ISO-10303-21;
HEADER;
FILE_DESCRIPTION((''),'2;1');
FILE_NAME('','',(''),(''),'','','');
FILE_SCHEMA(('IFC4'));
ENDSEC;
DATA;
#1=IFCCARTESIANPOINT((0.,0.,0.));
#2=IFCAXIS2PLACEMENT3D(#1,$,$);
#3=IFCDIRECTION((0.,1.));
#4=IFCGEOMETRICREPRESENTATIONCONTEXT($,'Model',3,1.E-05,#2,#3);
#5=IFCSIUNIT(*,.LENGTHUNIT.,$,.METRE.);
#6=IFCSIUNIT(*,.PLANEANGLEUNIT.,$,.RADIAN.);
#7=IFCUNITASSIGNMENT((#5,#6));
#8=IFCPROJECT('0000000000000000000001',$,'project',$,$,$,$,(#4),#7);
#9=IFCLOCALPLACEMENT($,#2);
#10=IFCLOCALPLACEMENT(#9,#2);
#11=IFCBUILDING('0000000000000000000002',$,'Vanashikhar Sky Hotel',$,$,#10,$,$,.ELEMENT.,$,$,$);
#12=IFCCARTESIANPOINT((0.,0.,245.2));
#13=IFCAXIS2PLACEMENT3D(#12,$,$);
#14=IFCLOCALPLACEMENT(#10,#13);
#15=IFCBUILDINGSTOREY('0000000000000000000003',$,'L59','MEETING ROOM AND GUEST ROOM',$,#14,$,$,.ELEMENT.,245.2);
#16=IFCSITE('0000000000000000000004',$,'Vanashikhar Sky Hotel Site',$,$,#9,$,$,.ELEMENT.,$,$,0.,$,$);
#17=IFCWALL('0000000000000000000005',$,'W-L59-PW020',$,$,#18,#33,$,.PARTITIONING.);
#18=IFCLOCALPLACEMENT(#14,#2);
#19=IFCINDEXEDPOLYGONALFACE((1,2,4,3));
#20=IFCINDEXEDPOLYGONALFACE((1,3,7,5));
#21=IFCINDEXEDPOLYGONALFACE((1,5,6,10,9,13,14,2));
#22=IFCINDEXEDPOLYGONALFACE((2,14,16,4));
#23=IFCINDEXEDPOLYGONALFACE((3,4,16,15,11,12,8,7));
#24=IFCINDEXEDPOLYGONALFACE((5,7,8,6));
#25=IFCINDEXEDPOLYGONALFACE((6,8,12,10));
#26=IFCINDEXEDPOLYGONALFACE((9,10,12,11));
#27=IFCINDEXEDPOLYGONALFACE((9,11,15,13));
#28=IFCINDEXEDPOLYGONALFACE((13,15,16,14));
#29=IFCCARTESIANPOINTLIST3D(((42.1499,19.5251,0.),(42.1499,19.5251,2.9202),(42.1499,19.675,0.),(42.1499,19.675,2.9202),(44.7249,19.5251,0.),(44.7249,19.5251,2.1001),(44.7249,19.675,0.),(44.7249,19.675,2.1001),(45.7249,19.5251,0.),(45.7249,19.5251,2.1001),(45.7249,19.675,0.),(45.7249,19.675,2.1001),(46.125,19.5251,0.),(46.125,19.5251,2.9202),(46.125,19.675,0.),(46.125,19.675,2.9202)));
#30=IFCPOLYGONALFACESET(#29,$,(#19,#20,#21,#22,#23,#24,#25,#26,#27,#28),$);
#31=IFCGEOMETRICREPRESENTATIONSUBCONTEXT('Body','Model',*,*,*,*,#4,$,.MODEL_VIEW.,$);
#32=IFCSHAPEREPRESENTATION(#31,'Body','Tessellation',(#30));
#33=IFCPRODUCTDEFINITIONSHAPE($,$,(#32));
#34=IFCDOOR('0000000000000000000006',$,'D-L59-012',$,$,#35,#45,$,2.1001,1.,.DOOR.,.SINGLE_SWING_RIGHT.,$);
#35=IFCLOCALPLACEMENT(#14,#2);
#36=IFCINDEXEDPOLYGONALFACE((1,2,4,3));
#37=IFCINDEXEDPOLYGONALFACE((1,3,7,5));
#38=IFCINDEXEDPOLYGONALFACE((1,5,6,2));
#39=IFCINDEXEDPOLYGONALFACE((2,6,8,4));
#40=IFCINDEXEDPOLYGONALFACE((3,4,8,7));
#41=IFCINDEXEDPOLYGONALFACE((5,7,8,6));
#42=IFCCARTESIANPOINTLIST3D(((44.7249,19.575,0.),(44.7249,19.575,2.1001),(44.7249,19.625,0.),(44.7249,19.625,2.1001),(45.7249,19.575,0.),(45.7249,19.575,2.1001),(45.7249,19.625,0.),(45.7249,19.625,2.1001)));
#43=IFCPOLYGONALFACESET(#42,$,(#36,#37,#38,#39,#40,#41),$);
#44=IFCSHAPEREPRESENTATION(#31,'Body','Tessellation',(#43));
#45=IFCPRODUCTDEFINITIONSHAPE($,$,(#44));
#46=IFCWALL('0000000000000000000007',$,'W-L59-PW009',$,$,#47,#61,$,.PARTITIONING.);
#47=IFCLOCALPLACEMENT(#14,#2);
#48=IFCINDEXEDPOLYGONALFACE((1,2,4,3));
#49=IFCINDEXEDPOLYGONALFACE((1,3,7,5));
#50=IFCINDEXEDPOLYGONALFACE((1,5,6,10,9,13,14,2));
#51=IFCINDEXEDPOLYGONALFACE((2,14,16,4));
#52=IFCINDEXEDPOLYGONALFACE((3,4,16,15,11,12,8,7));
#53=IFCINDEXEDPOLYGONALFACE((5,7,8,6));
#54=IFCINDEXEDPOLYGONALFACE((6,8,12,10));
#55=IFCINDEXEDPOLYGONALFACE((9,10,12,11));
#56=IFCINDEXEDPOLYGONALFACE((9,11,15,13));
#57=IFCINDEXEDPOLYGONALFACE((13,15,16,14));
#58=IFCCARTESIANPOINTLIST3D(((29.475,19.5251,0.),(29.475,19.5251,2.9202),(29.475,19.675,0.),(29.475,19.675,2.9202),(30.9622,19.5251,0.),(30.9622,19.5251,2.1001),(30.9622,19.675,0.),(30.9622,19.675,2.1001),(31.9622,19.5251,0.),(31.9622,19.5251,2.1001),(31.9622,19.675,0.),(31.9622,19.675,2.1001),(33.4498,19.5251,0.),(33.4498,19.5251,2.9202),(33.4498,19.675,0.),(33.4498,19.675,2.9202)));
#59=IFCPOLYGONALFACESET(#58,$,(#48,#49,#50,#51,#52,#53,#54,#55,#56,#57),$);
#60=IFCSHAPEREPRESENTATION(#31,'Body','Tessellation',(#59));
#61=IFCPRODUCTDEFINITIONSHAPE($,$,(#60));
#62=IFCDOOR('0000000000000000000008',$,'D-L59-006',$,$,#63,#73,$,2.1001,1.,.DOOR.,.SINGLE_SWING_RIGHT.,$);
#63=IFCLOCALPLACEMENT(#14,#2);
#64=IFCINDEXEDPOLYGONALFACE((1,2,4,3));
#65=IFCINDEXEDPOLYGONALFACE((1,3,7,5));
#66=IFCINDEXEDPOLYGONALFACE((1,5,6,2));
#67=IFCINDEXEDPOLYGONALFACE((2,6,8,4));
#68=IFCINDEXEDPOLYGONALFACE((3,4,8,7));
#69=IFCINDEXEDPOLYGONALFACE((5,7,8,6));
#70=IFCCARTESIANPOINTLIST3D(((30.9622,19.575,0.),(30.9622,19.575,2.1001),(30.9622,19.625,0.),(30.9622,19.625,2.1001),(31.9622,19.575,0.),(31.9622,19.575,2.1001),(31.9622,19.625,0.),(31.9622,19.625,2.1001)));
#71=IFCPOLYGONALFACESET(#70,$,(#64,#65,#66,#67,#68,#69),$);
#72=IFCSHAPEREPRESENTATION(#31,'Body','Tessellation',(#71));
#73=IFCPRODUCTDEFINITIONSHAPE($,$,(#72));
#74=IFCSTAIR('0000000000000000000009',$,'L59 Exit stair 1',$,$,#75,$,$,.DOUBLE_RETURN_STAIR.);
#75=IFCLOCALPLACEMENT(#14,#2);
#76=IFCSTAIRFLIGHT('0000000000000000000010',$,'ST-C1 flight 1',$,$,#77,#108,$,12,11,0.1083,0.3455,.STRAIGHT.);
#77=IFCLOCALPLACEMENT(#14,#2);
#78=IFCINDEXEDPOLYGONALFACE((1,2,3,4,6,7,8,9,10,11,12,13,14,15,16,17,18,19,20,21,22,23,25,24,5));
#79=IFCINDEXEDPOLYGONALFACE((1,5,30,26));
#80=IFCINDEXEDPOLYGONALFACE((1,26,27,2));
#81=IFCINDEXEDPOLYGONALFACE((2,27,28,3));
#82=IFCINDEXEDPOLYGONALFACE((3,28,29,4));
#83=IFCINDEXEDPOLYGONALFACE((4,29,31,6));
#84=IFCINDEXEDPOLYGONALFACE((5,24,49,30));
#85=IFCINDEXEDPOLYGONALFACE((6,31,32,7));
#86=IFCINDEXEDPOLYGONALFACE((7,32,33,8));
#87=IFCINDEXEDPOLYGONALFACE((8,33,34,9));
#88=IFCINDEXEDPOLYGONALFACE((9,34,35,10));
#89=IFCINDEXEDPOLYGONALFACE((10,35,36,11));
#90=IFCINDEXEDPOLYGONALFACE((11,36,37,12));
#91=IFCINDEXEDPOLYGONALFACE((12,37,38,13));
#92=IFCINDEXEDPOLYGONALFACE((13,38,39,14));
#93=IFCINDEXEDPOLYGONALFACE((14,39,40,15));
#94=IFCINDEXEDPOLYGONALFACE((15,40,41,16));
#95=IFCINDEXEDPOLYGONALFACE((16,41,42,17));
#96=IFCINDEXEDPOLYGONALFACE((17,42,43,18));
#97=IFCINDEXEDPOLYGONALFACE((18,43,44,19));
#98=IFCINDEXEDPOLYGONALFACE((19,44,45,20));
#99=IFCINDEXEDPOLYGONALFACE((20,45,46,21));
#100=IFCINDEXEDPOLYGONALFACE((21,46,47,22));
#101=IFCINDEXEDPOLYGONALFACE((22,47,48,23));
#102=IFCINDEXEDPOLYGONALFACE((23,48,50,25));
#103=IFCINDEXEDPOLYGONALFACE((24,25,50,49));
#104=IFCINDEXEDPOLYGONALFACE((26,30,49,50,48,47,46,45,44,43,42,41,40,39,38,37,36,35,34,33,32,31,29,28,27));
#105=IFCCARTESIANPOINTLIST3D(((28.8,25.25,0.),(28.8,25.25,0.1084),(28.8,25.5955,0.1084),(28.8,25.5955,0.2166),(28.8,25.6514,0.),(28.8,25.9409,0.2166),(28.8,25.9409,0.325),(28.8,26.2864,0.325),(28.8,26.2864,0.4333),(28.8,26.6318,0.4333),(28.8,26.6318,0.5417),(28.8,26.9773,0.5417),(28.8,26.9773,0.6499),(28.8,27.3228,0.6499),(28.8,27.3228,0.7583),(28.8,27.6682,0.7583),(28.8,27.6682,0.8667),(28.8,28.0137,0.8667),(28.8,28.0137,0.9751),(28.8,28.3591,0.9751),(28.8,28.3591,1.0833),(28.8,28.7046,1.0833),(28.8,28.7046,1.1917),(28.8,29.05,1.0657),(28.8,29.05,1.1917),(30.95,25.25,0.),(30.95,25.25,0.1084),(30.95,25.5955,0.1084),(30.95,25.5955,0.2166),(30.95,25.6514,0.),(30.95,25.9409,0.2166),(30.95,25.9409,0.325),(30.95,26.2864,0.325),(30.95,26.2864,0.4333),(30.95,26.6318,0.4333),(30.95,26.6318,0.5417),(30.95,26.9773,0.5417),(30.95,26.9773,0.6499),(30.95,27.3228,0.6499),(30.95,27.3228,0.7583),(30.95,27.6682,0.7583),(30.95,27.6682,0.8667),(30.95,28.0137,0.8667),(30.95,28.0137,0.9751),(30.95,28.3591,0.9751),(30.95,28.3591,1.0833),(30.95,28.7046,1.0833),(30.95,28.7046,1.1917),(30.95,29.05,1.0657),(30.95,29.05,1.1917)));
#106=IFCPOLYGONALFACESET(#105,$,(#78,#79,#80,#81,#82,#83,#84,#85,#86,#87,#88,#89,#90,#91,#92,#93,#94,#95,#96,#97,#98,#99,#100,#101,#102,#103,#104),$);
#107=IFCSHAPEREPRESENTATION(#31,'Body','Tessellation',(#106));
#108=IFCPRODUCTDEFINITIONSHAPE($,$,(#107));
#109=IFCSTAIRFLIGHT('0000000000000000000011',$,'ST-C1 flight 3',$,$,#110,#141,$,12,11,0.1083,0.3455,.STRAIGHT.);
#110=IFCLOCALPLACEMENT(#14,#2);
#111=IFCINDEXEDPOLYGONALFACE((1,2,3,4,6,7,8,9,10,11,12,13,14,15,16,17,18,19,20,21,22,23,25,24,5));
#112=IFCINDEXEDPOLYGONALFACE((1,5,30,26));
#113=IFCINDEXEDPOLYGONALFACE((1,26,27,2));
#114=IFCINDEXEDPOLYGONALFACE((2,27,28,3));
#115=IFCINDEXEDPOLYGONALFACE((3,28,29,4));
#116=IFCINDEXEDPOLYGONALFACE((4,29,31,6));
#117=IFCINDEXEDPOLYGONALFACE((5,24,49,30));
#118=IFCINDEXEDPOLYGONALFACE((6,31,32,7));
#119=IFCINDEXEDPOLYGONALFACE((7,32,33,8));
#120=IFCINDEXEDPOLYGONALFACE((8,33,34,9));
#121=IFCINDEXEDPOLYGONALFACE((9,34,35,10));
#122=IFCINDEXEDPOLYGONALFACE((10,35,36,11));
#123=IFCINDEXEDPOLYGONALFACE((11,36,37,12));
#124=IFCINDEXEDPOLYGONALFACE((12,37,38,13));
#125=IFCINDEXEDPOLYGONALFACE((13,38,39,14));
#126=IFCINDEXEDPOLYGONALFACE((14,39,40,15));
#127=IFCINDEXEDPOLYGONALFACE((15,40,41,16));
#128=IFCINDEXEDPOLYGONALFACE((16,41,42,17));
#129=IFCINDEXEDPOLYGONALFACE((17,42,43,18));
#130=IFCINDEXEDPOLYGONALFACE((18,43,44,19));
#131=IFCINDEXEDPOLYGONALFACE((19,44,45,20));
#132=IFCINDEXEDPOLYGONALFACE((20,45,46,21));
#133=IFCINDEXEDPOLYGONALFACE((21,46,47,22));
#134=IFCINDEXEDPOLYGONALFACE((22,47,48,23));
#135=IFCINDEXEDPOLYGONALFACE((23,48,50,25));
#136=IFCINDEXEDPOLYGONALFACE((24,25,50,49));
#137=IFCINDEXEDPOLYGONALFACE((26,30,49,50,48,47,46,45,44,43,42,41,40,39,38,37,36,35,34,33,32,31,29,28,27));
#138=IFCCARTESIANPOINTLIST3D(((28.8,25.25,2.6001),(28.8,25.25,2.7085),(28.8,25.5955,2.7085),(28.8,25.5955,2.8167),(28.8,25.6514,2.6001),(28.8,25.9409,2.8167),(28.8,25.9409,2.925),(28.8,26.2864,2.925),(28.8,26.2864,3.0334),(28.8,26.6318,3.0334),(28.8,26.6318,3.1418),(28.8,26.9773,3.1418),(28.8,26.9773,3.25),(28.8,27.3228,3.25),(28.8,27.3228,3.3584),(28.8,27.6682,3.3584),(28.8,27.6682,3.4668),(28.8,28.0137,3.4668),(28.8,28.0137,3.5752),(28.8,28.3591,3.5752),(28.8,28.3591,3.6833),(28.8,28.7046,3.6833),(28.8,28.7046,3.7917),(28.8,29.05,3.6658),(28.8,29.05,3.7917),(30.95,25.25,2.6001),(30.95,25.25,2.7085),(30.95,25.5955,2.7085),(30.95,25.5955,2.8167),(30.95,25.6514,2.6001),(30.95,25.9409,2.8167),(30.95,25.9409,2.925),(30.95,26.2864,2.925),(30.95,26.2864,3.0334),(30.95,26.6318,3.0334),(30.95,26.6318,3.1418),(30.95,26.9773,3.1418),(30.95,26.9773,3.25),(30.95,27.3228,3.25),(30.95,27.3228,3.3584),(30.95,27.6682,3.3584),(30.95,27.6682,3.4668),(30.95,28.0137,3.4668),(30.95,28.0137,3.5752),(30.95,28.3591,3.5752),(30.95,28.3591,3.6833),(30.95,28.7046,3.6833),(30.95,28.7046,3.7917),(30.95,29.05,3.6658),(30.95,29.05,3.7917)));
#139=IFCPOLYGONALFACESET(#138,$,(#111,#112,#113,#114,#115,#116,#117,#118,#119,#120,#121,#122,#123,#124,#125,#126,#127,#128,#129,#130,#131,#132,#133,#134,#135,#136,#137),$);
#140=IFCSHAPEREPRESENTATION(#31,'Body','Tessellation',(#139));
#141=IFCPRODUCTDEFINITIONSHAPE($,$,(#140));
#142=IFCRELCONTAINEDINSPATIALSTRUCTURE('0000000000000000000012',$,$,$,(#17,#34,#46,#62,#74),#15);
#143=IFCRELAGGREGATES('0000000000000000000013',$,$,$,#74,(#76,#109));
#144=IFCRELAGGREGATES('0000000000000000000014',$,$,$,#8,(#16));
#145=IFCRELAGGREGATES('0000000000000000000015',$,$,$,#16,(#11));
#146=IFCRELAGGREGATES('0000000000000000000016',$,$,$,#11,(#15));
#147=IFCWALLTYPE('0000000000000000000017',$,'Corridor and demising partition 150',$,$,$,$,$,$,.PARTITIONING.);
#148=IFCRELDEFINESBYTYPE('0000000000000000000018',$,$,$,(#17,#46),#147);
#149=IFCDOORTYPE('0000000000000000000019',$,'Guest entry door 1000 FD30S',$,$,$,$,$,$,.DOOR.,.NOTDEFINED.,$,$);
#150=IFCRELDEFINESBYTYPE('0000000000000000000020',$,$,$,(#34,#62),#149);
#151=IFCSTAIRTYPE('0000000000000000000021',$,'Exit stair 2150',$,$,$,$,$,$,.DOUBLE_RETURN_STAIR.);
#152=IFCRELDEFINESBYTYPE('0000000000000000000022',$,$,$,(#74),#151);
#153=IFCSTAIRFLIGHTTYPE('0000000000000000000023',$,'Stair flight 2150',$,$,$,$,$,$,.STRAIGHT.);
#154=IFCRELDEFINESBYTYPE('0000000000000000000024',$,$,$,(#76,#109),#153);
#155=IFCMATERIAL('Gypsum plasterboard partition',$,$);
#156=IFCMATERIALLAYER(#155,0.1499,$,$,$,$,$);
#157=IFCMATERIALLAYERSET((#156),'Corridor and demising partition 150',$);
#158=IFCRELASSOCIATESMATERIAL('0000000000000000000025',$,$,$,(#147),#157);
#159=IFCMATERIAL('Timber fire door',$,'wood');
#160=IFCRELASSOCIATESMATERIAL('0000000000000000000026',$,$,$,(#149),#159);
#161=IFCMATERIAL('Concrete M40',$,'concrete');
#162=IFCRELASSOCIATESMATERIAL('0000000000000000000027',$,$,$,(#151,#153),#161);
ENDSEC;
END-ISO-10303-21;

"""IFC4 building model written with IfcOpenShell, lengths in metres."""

from ifc_helpers import new_model, si_unit, direction, frame, frame_2d, origin, place, context, subcontext, project, spatial, polyline, rectangle, outline, extrude, source, transform, mapped, material, layer, layer_set, type_object, element, fill, aggregate, save


model = new_model("IFC4")

# Units and contexts
model_context = context("Model", 3, precision=1e-05, world=origin(), true_north=direction((0.0, 1.0)))
body_context = subcontext(model_context, "Body", "Model", "MODEL_VIEW")
ifc_project = project(units=[si_unit("LENGTHUNIT", "METRE"), si_unit("PLANEANGLEUNIT", "RADIAN")], contexts=[model_context])

# Site, building, storey
site_placement = place(None, origin())
site = spatial("IfcSite", under=ifc_project, at=site_placement, Name="Vanashikhar Sky Hotel Site", CompositionType="ELEMENT", RefElevation=0.0)
building_placement = place(site_placement, origin())
building = spatial("IfcBuilding", under=site, at=building_placement, Name="Vanashikhar Sky Hotel", CompositionType="ELEMENT")
storey_placement = place(building_placement, frame((0.0, 0.0, 245.2)))
storey = spatial("IfcBuildingStorey", under=building, at=storey_placement, Name="L59", Description="MEETING ROOM AND GUEST ROOM", CompositionType="ELEMENT", Elevation=245.2)

# Shared definitions
ifc_material_1 = material(Name="Concrete M40", Category="concrete")

# Walls, openings, doors
ifc_material_2 = material(Name="Gypsum plasterboard partition")
ifc_layer_1 = layer(ifc_material_2, 0.1499)
ifc_layer_set_1 = layer_set([ifc_layer_1], Name="Corridor and demising partition 150")
wall_type_1 = type_object("IfcWallType", Name="Corridor and demising partition 150", PredefinedType="PARTITIONING", material=ifc_layer_set_1)
shared_shape_1 = source(origin(), body_context, "Body", "SweptSolid", [
    extrude(rectangle(XDim=3.9751, YDim=0.1499, at=frame_2d((1.9875, 0.0))), origin(), (0.0, 0.0, 1.0), 2.9202),
])
shared_shape_2 = source(origin(), body_context, "Body", "SweptSolid", [
    extrude(rectangle(XDim=1.0, YDim=2.1001, at=frame_2d((0.5, 1.05))), frame((0.0, 0.085, 0.0), z_axis=(0.0, -1.0, 0.0), x_axis=(1.0, 0.0, 0.0)), (0.0, 0.0, 1.0), 0.1699),
])
ifc_material_3 = material(Name="Timber fire door", Category="wood")
door_type_1 = type_object("IfcDoorType", Name="Guest entry door 1000 FD30S", OperationType="NOTDEFINED", PredefinedType="DOOR", material=ifc_material_3)
shared_shape_3 = source(origin(), body_context, "Body", "SweptSolid", [
    extrude(rectangle(XDim=1.0, YDim=2.1001, at=frame_2d((0.5, 1.05))), frame((0.0, 0.0249, 0.0), z_axis=(0.0, -1.0, 0.0), x_axis=(1.0, 0.0, 0.0)), (0.0, 0.0, 1.0), 0.05),
])
wall_1_placement = place(storey_placement, frame((42.1499, 19.6001, 0.0), z_axis=(0.0, 0.0, 1.0), x_axis=(1.0, 0.0, 0.0)))
wall_1 = element("IfcWall", 1, at=wall_1_placement, inside=storey, type_object=wall_type_1, Name="W-L59-PW020", PredefinedType="PARTITIONING", context=body_context, shape_type="MappedRepresentation", body=[
    mapped(shared_shape_1, transform((0.0, 0.0, 0.0), scale=1.0)),
])
opening_1_placement = place(wall_1_placement, frame((2.575, 0.0, 0.0)))
opening_1 = element("IfcOpeningElement", 2, at=opening_1_placement, cuts=wall_1, PredefinedType="OPENING", context=body_context, shape_type="MappedRepresentation", body=[
    mapped(shared_shape_2, transform((0.0, 0.0, 0.0), scale=1.0)),
])
door_1_placement = place(opening_1_placement, origin())
door_1 = element("IfcDoor", 3, at=door_1_placement, inside=storey, type_object=door_type_1, Name="D-L59-012", OperationType="SINGLE_SWING_RIGHT", OverallHeight=2.1001, OverallWidth=1.0, PredefinedType="DOOR", context=body_context, shape_type="MappedRepresentation", body=[
    mapped(shared_shape_3, transform((0.0, 0.0, 0.0), scale=1.0)),
])
fill(opening_1, door_1)
shared_shape_4 = source(origin(), body_context, "Body", "SweptSolid", [
    extrude(rectangle(XDim=3.9749, YDim=0.1499, at=frame_2d((1.9873, 0.0))), origin(), (0.0, 0.0, 1.0), 2.9202),
])
wall_2_placement = place(storey_placement, frame((29.4751, 19.6001, 0.0), z_axis=(0.0, 0.0, 1.0), x_axis=(1.0, 0.0, 0.0)))
wall_2 = element("IfcWall", 4, at=wall_2_placement, inside=storey, type_object=wall_type_1, Name="W-L59-PW009", PredefinedType="PARTITIONING", context=body_context, shape_type="MappedRepresentation", body=[
    mapped(shared_shape_4, transform((0.0, 0.0, 0.0), scale=1.0)),
])
opening_2_placement = place(wall_2_placement, frame((1.4871, 0.0, 0.0)))
opening_2 = element("IfcOpeningElement", 5, at=opening_2_placement, cuts=wall_2, PredefinedType="OPENING", context=body_context, shape_type="MappedRepresentation", body=[
    mapped(shared_shape_2, transform((0.0, 0.0, 0.0), scale=1.0)),
])
door_2_placement = place(opening_2_placement, origin())
door_2 = element("IfcDoor", 6, at=door_2_placement, inside=storey, type_object=door_type_1, Name="D-L59-006", OperationType="SINGLE_SWING_RIGHT", OverallHeight=2.1001, OverallWidth=1.0, PredefinedType="DOOR", context=body_context, shape_type="MappedRepresentation", body=[
    mapped(shared_shape_3, transform((0.0, 0.0, 0.0), scale=1.0)),
])
fill(opening_2, door_2)

# Stair, stair flights
stair_type = type_object("IfcStairType", Name="Exit stair 2150", PredefinedType="DOUBLE_RETURN_STAIR", material=ifc_material_1)
stair_placement = place(storey_placement, origin())
stair = element("IfcStair", 7, at=stair_placement, inside=storey, type_object=stair_type, Name="L59 Exit stair 1", PredefinedType="DOUBLE_RETURN_STAIR")
stair_flight_type = type_object("IfcStairFlightType", Name="Stair flight 2150", PredefinedType="STRAIGHT", material=ifc_material_1)
shared_shape_5 = source(origin(), body_context, "Body", "SweptSolid", [
    extrude(outline(polyline([(0.0, 0.0), (0.0, 0.1084), (0.3455, 0.1084), (0.3455, 0.2166), (0.6909, 0.2166), (0.6909, 0.325), (1.0364, 0.325), (1.0364, 0.4333), (1.3818, 0.4333), (1.3818, 0.5417), (1.7273, 0.5417), (1.7273, 0.6499), (2.0728, 0.6499), (2.0728, 0.7583), (2.4182, 0.7583), (2.4182, 0.8667), (2.7637, 0.8667), (2.7637, 0.9751), (3.1091, 0.9751), (3.1091, 1.0833), (3.4546, 1.0833), (3.4546, 1.1917), (3.8, 1.1917), (3.8, 1.3), (3.8, 1.0657), (0.4014, 0.0), (0.0, 0.0)])), frame((0.0, 1.075, 0.0), z_axis=(0.0, -1.0, 0.0), x_axis=(1.0, 0.0, 0.0)), (0.0, 0.0, 1.0), 2.1499),
])
stair_flight_1_placement = place(storey_placement, frame((29.875, 25.25, 0.0), z_axis=(0.0, 0.0, 1.0), x_axis=(0.0, 1.0, 0.0)))
stair_flight_1 = element("IfcStairFlight", 8, at=stair_flight_1_placement, type_object=stair_flight_type, Name="ST-C1 flight 1", NumberOfRisers=12, NumberOfTreads=11, PredefinedType="STRAIGHT", RiserHeight=0.1083, TreadLength=0.3455, context=body_context, shape_type="MappedRepresentation", body=[
    mapped(shared_shape_5, transform((0.0, 0.0, 0.0), scale=1.0)),
])
stair_flight_2_placement = place(storey_placement, frame((29.875, 25.25, 2.6001), z_axis=(0.0, 0.0, 1.0), x_axis=(0.0, 1.0, 0.0)))
stair_flight_2 = element("IfcStairFlight", 9, at=stair_flight_2_placement, type_object=stair_flight_type, Name="ST-C1 flight 3", NumberOfRisers=12, NumberOfTreads=11, PredefinedType="STRAIGHT", RiserHeight=0.1083, TreadLength=0.3455, context=body_context, shape_type="MappedRepresentation", body=[
    mapped(shared_shape_5, transform((0.0, 0.0, 0.0), scale=1.0)),
])
aggregate(stair, [stair_flight_1, stair_flight_2])

save(model, "model.ifc")
